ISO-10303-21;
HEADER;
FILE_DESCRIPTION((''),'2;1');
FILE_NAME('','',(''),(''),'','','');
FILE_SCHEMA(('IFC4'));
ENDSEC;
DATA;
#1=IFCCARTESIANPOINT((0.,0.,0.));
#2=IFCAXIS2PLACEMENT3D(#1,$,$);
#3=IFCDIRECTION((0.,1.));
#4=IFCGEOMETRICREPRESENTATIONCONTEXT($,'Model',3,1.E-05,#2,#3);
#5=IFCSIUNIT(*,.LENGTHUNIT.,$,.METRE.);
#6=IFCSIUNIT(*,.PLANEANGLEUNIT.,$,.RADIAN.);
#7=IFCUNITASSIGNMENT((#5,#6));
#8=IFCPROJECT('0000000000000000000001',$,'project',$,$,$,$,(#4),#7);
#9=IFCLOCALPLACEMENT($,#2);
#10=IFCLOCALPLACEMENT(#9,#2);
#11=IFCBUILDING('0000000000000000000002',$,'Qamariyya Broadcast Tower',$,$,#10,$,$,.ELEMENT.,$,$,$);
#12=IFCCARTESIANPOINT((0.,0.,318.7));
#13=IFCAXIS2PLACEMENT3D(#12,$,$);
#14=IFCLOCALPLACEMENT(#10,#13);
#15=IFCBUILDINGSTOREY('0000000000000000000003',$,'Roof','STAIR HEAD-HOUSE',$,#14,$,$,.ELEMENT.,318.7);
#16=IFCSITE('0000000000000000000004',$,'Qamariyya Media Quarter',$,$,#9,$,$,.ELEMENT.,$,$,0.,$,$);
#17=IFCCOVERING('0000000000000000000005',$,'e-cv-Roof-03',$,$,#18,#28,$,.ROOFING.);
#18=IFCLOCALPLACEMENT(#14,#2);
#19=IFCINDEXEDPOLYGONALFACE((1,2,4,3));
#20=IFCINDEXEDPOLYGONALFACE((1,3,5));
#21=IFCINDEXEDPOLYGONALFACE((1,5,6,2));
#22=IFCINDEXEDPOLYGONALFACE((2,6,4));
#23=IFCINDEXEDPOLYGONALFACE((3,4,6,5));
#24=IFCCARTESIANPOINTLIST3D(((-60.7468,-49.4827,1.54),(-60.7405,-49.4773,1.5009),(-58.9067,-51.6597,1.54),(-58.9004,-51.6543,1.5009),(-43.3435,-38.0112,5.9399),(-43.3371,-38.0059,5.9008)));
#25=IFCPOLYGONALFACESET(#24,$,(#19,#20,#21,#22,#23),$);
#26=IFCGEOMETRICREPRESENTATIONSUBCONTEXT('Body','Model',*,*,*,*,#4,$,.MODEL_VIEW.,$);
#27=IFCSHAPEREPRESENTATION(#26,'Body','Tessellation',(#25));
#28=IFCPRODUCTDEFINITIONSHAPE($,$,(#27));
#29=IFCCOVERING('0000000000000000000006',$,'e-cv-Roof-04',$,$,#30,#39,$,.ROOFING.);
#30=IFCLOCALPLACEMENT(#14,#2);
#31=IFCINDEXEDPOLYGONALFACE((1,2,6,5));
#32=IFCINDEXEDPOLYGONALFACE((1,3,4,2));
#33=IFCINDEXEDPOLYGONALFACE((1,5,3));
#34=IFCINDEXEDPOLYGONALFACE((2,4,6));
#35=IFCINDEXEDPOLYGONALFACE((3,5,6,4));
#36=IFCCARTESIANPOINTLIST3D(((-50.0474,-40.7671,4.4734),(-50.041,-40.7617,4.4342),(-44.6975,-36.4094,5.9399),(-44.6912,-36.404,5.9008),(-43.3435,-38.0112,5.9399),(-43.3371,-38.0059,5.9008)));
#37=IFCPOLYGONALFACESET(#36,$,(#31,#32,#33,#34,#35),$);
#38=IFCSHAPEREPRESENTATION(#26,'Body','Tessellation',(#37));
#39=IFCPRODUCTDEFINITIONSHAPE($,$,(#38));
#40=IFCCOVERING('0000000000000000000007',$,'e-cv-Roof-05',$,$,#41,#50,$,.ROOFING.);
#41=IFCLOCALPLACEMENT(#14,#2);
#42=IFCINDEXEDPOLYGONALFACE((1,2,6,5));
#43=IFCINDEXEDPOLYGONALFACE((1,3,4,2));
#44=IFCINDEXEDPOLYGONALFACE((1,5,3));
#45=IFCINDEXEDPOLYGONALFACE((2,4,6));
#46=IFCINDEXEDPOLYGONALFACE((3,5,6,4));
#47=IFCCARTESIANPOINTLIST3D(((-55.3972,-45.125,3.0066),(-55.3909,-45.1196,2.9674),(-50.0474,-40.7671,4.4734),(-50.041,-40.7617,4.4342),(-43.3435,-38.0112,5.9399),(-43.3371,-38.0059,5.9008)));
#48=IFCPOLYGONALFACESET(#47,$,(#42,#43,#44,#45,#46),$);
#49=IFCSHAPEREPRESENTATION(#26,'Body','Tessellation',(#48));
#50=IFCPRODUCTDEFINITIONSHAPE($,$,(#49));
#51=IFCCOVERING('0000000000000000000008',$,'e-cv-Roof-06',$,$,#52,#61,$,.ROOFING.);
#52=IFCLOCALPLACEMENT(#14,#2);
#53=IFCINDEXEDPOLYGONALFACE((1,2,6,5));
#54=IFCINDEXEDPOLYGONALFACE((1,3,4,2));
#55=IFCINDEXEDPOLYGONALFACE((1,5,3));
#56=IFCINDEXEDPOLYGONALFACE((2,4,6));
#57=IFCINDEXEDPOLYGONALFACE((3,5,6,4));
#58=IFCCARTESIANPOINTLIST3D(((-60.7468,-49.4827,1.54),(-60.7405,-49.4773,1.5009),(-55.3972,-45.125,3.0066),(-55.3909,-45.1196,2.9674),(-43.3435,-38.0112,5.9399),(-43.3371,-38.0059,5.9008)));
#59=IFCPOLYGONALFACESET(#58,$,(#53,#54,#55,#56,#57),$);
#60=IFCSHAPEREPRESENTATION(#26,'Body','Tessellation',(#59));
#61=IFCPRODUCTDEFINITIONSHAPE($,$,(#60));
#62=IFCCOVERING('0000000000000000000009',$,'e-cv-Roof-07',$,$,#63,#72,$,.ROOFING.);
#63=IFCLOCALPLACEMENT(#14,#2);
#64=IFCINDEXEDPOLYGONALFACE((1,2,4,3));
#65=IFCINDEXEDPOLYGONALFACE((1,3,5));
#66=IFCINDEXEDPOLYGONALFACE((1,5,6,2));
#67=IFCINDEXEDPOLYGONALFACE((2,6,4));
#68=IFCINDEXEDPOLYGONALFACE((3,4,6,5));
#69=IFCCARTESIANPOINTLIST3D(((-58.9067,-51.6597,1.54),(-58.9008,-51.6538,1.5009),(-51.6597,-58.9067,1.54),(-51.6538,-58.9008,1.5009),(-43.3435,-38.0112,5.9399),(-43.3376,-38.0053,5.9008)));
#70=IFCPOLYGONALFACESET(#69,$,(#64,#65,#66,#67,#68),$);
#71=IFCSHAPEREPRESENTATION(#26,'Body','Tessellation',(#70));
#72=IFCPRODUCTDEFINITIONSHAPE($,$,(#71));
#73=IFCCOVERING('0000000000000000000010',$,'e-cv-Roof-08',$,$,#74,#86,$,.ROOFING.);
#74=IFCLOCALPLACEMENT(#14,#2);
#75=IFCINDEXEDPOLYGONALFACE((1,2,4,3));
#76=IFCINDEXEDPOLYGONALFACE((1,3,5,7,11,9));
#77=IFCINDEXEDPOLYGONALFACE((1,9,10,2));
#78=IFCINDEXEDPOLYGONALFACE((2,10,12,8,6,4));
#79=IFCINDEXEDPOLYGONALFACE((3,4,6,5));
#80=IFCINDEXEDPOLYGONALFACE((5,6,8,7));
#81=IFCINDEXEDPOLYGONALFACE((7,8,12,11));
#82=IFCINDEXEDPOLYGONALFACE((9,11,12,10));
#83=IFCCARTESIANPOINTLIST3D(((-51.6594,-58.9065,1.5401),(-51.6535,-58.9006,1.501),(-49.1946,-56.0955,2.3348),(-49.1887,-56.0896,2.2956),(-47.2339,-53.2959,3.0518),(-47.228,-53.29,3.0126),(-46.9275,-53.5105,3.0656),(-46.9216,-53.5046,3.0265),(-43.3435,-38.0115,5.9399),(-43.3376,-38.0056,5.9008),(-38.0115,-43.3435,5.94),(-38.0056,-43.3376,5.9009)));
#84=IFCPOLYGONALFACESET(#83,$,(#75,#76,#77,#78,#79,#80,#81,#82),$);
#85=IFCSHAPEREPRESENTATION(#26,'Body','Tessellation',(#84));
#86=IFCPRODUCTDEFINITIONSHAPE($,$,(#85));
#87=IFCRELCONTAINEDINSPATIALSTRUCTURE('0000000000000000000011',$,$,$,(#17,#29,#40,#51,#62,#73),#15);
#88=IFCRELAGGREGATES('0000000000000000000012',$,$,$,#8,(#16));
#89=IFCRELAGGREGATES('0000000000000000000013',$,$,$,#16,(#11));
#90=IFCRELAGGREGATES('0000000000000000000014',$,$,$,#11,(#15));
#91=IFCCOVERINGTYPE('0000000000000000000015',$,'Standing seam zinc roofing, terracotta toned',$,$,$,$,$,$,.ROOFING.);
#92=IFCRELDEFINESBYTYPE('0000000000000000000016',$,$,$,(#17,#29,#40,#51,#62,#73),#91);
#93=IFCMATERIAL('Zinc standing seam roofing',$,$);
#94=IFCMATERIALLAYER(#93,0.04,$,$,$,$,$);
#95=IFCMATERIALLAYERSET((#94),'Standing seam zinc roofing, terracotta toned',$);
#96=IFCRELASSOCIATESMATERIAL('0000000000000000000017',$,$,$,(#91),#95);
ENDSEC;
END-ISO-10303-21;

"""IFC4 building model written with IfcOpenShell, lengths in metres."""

from ifc_helpers import new_model, si_unit, direction, frame, origin, place, context, subcontext, project, spatial, polyline, outline, extrude, material, layer, layer_set, type_object, element, save


model = new_model("IFC4")

# Units and contexts
model_context = context("Model", 3, precision=1e-05, world=origin(), true_north=direction((0.0, 1.0)))
body_context = subcontext(model_context, "Body", "Model", "MODEL_VIEW")
ifc_project = project(units=[si_unit("LENGTHUNIT", "METRE"), si_unit("PLANEANGLEUNIT", "RADIAN")], contexts=[model_context])

# Site, building, storey
site_placement = place(None, origin())
site = spatial("IfcSite", under=ifc_project, at=site_placement, Name="Qamariyya Media Quarter", CompositionType="ELEMENT", RefElevation=0.0)
building_placement = place(site_placement, origin())
building = spatial("IfcBuilding", under=site, at=building_placement, Name="Qamariyya Broadcast Tower", CompositionType="ELEMENT")
storey_placement = place(building_placement, frame((0.0, 0.0, 318.7)))
storey = spatial("IfcBuildingStorey", under=building, at=storey_placement, Name="Roof", Description="STAIR HEAD-HOUSE", CompositionType="ELEMENT", Elevation=318.7)

# Coverings
ifc_material_1 = material(Name="Zinc standing seam roofing")
ifc_layer_1 = layer(ifc_material_1, 0.04)
ifc_layer_set_1 = layer_set([ifc_layer_1], Name="Standing seam zinc roofing, terracotta toned")
covering_type = type_object("IfcCoveringType", Name="Standing seam zinc roofing, terracotta toned", PredefinedType="ROOFING", material=ifc_layer_set_1)
covering_1_placement = place(storey_placement, frame((-60.7468, -49.4827, 1.54), z_axis=(-0.158812, -0.134234, 0.978141), x_axis=(0.645535, -0.763731, 0.0)))
element("IfcCovering", 1, at=covering_1_placement, inside=storey, type_object=covering_type, Name="e-cv-Roof-03", PredefinedType="ROOFING", context=body_context, shape_type="SweptSolid", body=[
    extrude(outline(polyline([(0.0, 0.0), (2.8505, 0.0), (2.4734, 21.1592), (0.0, 0.0)])), origin(), (0.0, 0.0, -1.0), 0.04),
])
covering_2_placement = place(storey_placement, frame((-43.3435, -38.0112, 5.9399), z_axis=(-0.1588, -0.134233, 0.978143), x_axis=(-0.645561, 0.763709, 0.0)))
element("IfcCovering", 2, at=covering_2_placement, inside=storey, type_object=covering_type, Name="e-cv-Roof-04", PredefinedType="ROOFING", context=body_context, shape_type="SweptSolid", body=[
    extrude(outline(polyline([(0.0, 0.0), (2.0974, 0.0), (2.2231, 7.053), (0.0, 0.0)])), origin(), (0.0, 0.0, -1.0), 0.04),
])
covering_3_placement = place(storey_placement, frame((-43.3435, -38.0112, 5.9399), z_axis=(-0.158759, -0.134328, 0.978137), x_axis=(-0.906529, -0.372661, -0.198315)))
element("IfcCovering", 3, at=covering_3_placement, inside=storey, type_object=covering_type, Name="e-cv-Roof-05", PredefinedType="ROOFING", context=body_context, shape_type="SweptSolid", body=[
    extrude(outline(polyline([(0.0, 0.0), (7.3951, 0.0), (14.1598, 2.0006), (0.0, 0.0)])), origin(), (0.0, 0.0, -1.0), 0.04),
])
covering_4_placement = place(storey_placement, frame((-60.7468, -49.4827, 1.54), z_axis=(-0.158843, -0.134189, 0.978142), x_axis=(0.816933, 0.538483, 0.206537)))
element("IfcCovering", 4, at=covering_4_placement, inside=storey, type_object=covering_type, Name="e-cv-Roof-06", PredefinedType="ROOFING", context=body_context, shape_type="SweptSolid", body=[
    extrude(outline(polyline([(0.0, 0.0), (21.3033, 0.0), (7.0197, 0.6944), (0.0, 0.0)])), origin(), (0.0, 0.0, -1.0), 0.04),
])
covering_5_placement = place(storey_placement, frame((-43.3435, -38.0112, 5.9399), z_axis=(-0.147316, -0.147316, 0.978057), x_axis=(-0.735414, -0.644934, -0.20791)))
element("IfcCovering", 5, at=covering_5_placement, inside=storey, type_object=covering_type, Name="e-cv-Roof-07", PredefinedType="ROOFING", context=body_context, shape_type="SweptSolid", body=[
    extrude(outline(polyline([(0.0, 0.0), (21.1625, 0.0), (20.5068, 10.2279), (0.0, 0.0)])), origin(), (0.0, 0.0, -1.0), 0.04),
])
covering_6_placement = place(storey_placement, frame((-43.3435, -38.0115, 5.9399), z_axis=(-0.147327, -0.147313, 0.978056), x_axis=(-0.362897, -0.911834, -0.192003)))
element("IfcCovering", 6, at=covering_6_placement, inside=storey, type_object=covering_type, Name="e-cv-Roof-08", PredefinedType="ROOFING", context=body_context, shape_type="SweptSolid", body=[
    extrude(outline(polyline([(0.0, 0.0), (22.9154, 0.0), (19.3051, 1.2549), (15.9032, 2.0441), (15.985, 2.4094), (2.9269, 6.9494), (0.0, 0.0)])), origin(), (0.0, 0.0, -1.0), 0.04),
])

save(model, "model.ifc")
